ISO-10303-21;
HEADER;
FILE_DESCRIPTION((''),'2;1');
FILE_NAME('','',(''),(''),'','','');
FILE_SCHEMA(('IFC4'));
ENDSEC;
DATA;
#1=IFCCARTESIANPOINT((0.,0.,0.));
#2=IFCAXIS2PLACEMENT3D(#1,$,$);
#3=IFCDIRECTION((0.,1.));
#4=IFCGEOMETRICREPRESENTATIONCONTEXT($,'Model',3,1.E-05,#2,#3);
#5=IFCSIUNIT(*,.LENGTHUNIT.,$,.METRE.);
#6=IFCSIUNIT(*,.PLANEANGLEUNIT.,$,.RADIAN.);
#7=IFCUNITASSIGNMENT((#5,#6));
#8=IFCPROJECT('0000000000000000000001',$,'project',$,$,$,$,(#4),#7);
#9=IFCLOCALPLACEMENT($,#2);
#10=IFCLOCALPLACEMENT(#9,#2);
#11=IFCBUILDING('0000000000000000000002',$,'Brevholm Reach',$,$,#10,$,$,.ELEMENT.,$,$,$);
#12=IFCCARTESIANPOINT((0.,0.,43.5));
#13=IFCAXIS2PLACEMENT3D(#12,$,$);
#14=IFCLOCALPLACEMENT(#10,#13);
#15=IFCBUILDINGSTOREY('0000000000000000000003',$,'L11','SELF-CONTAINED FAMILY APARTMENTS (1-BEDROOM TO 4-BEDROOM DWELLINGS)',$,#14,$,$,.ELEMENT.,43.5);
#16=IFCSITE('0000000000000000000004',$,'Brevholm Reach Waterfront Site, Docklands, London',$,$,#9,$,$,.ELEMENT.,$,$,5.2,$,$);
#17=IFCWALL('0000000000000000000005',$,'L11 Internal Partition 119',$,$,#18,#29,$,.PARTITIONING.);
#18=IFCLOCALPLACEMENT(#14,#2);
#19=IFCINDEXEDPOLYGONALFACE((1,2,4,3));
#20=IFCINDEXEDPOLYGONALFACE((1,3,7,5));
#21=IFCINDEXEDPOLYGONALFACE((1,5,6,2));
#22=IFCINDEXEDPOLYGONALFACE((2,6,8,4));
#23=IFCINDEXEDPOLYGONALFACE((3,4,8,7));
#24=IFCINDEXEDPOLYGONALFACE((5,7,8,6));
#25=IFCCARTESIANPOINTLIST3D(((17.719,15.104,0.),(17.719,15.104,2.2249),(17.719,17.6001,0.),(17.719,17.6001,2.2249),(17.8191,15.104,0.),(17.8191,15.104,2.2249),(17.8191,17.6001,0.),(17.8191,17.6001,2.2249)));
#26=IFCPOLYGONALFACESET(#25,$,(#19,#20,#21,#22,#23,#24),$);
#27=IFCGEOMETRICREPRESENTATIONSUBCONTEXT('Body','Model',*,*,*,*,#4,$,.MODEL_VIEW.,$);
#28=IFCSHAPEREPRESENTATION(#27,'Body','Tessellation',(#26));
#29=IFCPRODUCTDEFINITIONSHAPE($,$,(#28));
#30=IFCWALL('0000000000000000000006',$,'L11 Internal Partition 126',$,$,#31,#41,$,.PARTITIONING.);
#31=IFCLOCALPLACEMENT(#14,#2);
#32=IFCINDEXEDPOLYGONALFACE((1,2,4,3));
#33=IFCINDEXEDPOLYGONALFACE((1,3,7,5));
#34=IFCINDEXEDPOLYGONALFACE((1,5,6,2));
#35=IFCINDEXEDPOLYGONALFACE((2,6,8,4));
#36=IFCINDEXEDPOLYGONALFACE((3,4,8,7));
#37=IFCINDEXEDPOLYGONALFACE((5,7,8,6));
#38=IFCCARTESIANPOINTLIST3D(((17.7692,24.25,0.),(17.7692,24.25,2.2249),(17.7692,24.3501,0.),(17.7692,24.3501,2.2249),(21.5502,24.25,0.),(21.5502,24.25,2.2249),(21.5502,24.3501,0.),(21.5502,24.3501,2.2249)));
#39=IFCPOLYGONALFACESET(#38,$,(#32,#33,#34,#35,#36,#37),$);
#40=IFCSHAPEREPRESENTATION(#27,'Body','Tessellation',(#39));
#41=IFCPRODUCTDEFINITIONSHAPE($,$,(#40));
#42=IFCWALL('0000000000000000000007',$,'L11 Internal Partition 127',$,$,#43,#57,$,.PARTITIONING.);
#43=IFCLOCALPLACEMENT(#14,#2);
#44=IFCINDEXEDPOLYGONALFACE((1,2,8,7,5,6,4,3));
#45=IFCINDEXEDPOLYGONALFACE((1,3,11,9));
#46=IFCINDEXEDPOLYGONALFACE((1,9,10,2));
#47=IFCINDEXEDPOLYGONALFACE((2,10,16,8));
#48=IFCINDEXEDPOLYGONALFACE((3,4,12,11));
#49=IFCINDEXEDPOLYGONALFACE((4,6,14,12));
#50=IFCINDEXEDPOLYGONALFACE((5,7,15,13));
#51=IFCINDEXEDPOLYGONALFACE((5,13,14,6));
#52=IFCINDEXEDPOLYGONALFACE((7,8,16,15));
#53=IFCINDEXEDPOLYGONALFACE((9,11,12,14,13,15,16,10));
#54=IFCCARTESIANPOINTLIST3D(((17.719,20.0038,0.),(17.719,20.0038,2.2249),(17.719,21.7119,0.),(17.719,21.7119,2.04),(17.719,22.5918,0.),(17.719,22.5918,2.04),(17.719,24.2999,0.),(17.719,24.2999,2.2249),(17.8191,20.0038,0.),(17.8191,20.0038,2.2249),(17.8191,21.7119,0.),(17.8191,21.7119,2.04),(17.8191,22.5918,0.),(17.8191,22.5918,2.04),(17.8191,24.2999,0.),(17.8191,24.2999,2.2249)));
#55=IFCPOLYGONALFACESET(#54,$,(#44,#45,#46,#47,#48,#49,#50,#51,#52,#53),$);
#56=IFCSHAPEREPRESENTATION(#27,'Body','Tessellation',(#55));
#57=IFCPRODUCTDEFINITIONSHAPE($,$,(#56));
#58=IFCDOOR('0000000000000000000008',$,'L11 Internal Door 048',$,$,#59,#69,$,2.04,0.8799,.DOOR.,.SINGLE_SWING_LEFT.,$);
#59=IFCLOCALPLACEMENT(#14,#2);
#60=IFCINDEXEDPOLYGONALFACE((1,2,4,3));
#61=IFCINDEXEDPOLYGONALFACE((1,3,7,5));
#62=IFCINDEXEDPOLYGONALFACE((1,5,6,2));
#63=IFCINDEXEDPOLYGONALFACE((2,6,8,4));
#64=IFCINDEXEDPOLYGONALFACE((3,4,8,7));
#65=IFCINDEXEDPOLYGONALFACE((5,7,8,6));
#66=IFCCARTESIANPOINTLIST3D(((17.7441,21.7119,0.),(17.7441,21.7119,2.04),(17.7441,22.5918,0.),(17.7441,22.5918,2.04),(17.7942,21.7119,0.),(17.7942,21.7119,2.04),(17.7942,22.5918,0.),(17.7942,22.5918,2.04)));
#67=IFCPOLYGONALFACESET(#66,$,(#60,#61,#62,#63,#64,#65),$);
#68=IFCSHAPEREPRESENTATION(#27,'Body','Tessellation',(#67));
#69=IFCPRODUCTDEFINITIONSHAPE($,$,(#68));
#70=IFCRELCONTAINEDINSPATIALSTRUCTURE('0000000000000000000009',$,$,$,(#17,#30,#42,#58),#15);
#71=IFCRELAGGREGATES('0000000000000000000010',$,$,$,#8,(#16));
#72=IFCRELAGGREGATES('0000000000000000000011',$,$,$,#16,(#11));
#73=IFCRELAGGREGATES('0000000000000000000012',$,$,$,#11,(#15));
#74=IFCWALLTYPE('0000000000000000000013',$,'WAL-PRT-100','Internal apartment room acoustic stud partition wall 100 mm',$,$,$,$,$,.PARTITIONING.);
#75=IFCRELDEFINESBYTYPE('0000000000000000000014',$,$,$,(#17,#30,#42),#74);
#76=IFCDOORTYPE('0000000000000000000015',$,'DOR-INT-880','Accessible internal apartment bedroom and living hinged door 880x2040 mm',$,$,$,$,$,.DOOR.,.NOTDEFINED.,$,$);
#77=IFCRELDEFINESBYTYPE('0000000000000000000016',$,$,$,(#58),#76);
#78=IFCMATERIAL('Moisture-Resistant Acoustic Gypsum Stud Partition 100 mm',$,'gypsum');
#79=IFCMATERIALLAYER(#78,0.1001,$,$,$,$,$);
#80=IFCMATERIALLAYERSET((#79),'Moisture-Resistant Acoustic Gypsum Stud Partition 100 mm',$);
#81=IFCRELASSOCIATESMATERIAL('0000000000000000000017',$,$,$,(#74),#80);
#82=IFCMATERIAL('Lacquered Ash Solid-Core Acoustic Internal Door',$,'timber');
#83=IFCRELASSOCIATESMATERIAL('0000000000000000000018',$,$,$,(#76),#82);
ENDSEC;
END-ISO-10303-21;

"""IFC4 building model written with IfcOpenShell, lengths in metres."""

from ifc_helpers import new_model, si_unit, direction, frame, frame_2d, origin, place, context, subcontext, project, spatial, rectangle, extrude, material, layer, layer_set, type_object, element, fill, save


model = new_model("IFC4")

# Units and contexts
model_context = context("Model", 3, precision=1e-05, world=origin(), true_north=direction((0.0, 1.0)))
body_context = subcontext(model_context, "Body", "Model", "MODEL_VIEW")
ifc_project = project(units=[si_unit("LENGTHUNIT", "METRE"), si_unit("PLANEANGLEUNIT", "RADIAN")], contexts=[model_context])

# Site, building, storey
site_placement = place(None, origin())
site = spatial("IfcSite", under=ifc_project, at=site_placement, Name="Brevholm Reach Waterfront Site, Docklands, London", CompositionType="ELEMENT", RefElevation=5.2)
building_placement = place(site_placement, origin())
building = spatial("IfcBuilding", under=site, at=building_placement, Name="Brevholm Reach", CompositionType="ELEMENT")
storey_placement = place(building_placement, frame((0.0, 0.0, 43.5)))
storey = spatial("IfcBuildingStorey", under=building, at=storey_placement, Name="L11", Description="SELF-CONTAINED FAMILY APARTMENTS (1-BEDROOM TO 4-BEDROOM DWELLINGS)", CompositionType="ELEMENT", Elevation=43.5)

# Shared definitions
ifc_material_1 = material(Name="Moisture-Resistant Acoustic Gypsum Stud Partition 100 mm", Category="gypsum")
ifc_layer_1 = layer(ifc_material_1, 0.1001)
ifc_layer_set_1 = layer_set([ifc_layer_1], Name="Moisture-Resistant Acoustic Gypsum Stud Partition 100 mm")
wall_type_1 = type_object("IfcWallType", Name="WAL-PRT-100", Description="Internal apartment room acoustic stud partition wall 100 mm", PredefinedType="PARTITIONING", material=ifc_layer_set_1)

# Shared definitions
ifc_material_2 = material(Name="Lacquered Ash Solid-Core Acoustic Internal Door", Category="timber")
door_type = type_object("IfcDoorType", Name="DOR-INT-880", Description="Accessible internal apartment bedroom and living hinged door 880x2040 mm", OperationType="NOTDEFINED", PredefinedType="DOOR", material=ifc_material_2)

# Walls
wall_1_placement = place(storey_placement, frame((17.769, 15.104, 0.0), z_axis=(0.0, 0.0, 1.0), x_axis=(0.0, 1.0, 0.0)))
element("IfcWall", 1, at=wall_1_placement, inside=storey, type_object=wall_type_1, Name="L11 Internal Partition 119", PredefinedType="PARTITIONING", context=body_context, shape_type="SweptSolid", body=[
    extrude(rectangle(XDim=2.4961, YDim=0.1001, at=frame_2d((1.248, 0.0))), origin(), (0.0, 0.0, 1.0), 2.2249),
])
wall_2_placement = place(storey_placement, frame((17.769, 24.3, 0.0), z_axis=(0.0, 0.0, 1.0), x_axis=(1.0, 0.0, 0.0)))
element("IfcWall", 2, at=wall_2_placement, inside=storey, type_object=wall_type_1, Name="L11 Internal Partition 126", PredefinedType="PARTITIONING", context=body_context, shape_type="SweptSolid", body=[
    extrude(rectangle(XDim=3.781, YDim=0.1001, at=frame_2d((1.8906, 0.0))), origin(), (0.0, 0.0, 1.0), 2.2249),
])

# Wall, opening, door
wall_3_placement = place(storey_placement, frame((17.769, 20.0039, 0.0), z_axis=(0.0, 0.0, 1.0), x_axis=(0.0, 1.0, 0.0)))
wall_3 = element("IfcWall", 3, at=wall_3_placement, inside=storey, type_object=wall_type_1, Name="L11 Internal Partition 127", PredefinedType="PARTITIONING", context=body_context, shape_type="SweptSolid", body=[
    extrude(rectangle(XDim=4.2961, YDim=0.1001, at=frame_2d((2.1479, 0.0))), origin(), (0.0, 0.0, 1.0), 2.2249),
])
opening_1_placement = place(wall_3_placement, frame((1.708, 0.0, 0.0)))
opening_1 = element("IfcOpeningElement", 4, at=opening_1_placement, cuts=wall_3, PredefinedType="OPENING", context=body_context, shape_type="SweptSolid", body=[
    extrude(rectangle(XDim=0.8799, YDim=2.04, at=frame_2d((0.4399, 1.02))), frame((0.0, 0.0601, 0.0), z_axis=(0.0, -1.0, 0.0), x_axis=(1.0, 0.0, 0.0)), (0.0, 0.0, 1.0), 0.1201),
])
door_1_placement = place(opening_1_placement, origin())
door_1 = element("IfcDoor", 5, at=door_1_placement, inside=storey, type_object=door_type, Name="L11 Internal Door 048", OperationType="SINGLE_SWING_LEFT", OverallHeight=2.04, OverallWidth=0.8799, PredefinedType="DOOR", context=body_context, shape_type="SweptSolid", body=[
    extrude(rectangle(XDim=0.8799, YDim=2.04, at=frame_2d((0.4399, 1.02))), frame((0.0, 0.0249, 0.0), z_axis=(0.0, -1.0, 0.0), x_axis=(1.0, 0.0, 0.0)), (0.0, 0.0, 1.0), 0.05),
])
fill(opening_1, door_1)

save(model, "model.ifc")
